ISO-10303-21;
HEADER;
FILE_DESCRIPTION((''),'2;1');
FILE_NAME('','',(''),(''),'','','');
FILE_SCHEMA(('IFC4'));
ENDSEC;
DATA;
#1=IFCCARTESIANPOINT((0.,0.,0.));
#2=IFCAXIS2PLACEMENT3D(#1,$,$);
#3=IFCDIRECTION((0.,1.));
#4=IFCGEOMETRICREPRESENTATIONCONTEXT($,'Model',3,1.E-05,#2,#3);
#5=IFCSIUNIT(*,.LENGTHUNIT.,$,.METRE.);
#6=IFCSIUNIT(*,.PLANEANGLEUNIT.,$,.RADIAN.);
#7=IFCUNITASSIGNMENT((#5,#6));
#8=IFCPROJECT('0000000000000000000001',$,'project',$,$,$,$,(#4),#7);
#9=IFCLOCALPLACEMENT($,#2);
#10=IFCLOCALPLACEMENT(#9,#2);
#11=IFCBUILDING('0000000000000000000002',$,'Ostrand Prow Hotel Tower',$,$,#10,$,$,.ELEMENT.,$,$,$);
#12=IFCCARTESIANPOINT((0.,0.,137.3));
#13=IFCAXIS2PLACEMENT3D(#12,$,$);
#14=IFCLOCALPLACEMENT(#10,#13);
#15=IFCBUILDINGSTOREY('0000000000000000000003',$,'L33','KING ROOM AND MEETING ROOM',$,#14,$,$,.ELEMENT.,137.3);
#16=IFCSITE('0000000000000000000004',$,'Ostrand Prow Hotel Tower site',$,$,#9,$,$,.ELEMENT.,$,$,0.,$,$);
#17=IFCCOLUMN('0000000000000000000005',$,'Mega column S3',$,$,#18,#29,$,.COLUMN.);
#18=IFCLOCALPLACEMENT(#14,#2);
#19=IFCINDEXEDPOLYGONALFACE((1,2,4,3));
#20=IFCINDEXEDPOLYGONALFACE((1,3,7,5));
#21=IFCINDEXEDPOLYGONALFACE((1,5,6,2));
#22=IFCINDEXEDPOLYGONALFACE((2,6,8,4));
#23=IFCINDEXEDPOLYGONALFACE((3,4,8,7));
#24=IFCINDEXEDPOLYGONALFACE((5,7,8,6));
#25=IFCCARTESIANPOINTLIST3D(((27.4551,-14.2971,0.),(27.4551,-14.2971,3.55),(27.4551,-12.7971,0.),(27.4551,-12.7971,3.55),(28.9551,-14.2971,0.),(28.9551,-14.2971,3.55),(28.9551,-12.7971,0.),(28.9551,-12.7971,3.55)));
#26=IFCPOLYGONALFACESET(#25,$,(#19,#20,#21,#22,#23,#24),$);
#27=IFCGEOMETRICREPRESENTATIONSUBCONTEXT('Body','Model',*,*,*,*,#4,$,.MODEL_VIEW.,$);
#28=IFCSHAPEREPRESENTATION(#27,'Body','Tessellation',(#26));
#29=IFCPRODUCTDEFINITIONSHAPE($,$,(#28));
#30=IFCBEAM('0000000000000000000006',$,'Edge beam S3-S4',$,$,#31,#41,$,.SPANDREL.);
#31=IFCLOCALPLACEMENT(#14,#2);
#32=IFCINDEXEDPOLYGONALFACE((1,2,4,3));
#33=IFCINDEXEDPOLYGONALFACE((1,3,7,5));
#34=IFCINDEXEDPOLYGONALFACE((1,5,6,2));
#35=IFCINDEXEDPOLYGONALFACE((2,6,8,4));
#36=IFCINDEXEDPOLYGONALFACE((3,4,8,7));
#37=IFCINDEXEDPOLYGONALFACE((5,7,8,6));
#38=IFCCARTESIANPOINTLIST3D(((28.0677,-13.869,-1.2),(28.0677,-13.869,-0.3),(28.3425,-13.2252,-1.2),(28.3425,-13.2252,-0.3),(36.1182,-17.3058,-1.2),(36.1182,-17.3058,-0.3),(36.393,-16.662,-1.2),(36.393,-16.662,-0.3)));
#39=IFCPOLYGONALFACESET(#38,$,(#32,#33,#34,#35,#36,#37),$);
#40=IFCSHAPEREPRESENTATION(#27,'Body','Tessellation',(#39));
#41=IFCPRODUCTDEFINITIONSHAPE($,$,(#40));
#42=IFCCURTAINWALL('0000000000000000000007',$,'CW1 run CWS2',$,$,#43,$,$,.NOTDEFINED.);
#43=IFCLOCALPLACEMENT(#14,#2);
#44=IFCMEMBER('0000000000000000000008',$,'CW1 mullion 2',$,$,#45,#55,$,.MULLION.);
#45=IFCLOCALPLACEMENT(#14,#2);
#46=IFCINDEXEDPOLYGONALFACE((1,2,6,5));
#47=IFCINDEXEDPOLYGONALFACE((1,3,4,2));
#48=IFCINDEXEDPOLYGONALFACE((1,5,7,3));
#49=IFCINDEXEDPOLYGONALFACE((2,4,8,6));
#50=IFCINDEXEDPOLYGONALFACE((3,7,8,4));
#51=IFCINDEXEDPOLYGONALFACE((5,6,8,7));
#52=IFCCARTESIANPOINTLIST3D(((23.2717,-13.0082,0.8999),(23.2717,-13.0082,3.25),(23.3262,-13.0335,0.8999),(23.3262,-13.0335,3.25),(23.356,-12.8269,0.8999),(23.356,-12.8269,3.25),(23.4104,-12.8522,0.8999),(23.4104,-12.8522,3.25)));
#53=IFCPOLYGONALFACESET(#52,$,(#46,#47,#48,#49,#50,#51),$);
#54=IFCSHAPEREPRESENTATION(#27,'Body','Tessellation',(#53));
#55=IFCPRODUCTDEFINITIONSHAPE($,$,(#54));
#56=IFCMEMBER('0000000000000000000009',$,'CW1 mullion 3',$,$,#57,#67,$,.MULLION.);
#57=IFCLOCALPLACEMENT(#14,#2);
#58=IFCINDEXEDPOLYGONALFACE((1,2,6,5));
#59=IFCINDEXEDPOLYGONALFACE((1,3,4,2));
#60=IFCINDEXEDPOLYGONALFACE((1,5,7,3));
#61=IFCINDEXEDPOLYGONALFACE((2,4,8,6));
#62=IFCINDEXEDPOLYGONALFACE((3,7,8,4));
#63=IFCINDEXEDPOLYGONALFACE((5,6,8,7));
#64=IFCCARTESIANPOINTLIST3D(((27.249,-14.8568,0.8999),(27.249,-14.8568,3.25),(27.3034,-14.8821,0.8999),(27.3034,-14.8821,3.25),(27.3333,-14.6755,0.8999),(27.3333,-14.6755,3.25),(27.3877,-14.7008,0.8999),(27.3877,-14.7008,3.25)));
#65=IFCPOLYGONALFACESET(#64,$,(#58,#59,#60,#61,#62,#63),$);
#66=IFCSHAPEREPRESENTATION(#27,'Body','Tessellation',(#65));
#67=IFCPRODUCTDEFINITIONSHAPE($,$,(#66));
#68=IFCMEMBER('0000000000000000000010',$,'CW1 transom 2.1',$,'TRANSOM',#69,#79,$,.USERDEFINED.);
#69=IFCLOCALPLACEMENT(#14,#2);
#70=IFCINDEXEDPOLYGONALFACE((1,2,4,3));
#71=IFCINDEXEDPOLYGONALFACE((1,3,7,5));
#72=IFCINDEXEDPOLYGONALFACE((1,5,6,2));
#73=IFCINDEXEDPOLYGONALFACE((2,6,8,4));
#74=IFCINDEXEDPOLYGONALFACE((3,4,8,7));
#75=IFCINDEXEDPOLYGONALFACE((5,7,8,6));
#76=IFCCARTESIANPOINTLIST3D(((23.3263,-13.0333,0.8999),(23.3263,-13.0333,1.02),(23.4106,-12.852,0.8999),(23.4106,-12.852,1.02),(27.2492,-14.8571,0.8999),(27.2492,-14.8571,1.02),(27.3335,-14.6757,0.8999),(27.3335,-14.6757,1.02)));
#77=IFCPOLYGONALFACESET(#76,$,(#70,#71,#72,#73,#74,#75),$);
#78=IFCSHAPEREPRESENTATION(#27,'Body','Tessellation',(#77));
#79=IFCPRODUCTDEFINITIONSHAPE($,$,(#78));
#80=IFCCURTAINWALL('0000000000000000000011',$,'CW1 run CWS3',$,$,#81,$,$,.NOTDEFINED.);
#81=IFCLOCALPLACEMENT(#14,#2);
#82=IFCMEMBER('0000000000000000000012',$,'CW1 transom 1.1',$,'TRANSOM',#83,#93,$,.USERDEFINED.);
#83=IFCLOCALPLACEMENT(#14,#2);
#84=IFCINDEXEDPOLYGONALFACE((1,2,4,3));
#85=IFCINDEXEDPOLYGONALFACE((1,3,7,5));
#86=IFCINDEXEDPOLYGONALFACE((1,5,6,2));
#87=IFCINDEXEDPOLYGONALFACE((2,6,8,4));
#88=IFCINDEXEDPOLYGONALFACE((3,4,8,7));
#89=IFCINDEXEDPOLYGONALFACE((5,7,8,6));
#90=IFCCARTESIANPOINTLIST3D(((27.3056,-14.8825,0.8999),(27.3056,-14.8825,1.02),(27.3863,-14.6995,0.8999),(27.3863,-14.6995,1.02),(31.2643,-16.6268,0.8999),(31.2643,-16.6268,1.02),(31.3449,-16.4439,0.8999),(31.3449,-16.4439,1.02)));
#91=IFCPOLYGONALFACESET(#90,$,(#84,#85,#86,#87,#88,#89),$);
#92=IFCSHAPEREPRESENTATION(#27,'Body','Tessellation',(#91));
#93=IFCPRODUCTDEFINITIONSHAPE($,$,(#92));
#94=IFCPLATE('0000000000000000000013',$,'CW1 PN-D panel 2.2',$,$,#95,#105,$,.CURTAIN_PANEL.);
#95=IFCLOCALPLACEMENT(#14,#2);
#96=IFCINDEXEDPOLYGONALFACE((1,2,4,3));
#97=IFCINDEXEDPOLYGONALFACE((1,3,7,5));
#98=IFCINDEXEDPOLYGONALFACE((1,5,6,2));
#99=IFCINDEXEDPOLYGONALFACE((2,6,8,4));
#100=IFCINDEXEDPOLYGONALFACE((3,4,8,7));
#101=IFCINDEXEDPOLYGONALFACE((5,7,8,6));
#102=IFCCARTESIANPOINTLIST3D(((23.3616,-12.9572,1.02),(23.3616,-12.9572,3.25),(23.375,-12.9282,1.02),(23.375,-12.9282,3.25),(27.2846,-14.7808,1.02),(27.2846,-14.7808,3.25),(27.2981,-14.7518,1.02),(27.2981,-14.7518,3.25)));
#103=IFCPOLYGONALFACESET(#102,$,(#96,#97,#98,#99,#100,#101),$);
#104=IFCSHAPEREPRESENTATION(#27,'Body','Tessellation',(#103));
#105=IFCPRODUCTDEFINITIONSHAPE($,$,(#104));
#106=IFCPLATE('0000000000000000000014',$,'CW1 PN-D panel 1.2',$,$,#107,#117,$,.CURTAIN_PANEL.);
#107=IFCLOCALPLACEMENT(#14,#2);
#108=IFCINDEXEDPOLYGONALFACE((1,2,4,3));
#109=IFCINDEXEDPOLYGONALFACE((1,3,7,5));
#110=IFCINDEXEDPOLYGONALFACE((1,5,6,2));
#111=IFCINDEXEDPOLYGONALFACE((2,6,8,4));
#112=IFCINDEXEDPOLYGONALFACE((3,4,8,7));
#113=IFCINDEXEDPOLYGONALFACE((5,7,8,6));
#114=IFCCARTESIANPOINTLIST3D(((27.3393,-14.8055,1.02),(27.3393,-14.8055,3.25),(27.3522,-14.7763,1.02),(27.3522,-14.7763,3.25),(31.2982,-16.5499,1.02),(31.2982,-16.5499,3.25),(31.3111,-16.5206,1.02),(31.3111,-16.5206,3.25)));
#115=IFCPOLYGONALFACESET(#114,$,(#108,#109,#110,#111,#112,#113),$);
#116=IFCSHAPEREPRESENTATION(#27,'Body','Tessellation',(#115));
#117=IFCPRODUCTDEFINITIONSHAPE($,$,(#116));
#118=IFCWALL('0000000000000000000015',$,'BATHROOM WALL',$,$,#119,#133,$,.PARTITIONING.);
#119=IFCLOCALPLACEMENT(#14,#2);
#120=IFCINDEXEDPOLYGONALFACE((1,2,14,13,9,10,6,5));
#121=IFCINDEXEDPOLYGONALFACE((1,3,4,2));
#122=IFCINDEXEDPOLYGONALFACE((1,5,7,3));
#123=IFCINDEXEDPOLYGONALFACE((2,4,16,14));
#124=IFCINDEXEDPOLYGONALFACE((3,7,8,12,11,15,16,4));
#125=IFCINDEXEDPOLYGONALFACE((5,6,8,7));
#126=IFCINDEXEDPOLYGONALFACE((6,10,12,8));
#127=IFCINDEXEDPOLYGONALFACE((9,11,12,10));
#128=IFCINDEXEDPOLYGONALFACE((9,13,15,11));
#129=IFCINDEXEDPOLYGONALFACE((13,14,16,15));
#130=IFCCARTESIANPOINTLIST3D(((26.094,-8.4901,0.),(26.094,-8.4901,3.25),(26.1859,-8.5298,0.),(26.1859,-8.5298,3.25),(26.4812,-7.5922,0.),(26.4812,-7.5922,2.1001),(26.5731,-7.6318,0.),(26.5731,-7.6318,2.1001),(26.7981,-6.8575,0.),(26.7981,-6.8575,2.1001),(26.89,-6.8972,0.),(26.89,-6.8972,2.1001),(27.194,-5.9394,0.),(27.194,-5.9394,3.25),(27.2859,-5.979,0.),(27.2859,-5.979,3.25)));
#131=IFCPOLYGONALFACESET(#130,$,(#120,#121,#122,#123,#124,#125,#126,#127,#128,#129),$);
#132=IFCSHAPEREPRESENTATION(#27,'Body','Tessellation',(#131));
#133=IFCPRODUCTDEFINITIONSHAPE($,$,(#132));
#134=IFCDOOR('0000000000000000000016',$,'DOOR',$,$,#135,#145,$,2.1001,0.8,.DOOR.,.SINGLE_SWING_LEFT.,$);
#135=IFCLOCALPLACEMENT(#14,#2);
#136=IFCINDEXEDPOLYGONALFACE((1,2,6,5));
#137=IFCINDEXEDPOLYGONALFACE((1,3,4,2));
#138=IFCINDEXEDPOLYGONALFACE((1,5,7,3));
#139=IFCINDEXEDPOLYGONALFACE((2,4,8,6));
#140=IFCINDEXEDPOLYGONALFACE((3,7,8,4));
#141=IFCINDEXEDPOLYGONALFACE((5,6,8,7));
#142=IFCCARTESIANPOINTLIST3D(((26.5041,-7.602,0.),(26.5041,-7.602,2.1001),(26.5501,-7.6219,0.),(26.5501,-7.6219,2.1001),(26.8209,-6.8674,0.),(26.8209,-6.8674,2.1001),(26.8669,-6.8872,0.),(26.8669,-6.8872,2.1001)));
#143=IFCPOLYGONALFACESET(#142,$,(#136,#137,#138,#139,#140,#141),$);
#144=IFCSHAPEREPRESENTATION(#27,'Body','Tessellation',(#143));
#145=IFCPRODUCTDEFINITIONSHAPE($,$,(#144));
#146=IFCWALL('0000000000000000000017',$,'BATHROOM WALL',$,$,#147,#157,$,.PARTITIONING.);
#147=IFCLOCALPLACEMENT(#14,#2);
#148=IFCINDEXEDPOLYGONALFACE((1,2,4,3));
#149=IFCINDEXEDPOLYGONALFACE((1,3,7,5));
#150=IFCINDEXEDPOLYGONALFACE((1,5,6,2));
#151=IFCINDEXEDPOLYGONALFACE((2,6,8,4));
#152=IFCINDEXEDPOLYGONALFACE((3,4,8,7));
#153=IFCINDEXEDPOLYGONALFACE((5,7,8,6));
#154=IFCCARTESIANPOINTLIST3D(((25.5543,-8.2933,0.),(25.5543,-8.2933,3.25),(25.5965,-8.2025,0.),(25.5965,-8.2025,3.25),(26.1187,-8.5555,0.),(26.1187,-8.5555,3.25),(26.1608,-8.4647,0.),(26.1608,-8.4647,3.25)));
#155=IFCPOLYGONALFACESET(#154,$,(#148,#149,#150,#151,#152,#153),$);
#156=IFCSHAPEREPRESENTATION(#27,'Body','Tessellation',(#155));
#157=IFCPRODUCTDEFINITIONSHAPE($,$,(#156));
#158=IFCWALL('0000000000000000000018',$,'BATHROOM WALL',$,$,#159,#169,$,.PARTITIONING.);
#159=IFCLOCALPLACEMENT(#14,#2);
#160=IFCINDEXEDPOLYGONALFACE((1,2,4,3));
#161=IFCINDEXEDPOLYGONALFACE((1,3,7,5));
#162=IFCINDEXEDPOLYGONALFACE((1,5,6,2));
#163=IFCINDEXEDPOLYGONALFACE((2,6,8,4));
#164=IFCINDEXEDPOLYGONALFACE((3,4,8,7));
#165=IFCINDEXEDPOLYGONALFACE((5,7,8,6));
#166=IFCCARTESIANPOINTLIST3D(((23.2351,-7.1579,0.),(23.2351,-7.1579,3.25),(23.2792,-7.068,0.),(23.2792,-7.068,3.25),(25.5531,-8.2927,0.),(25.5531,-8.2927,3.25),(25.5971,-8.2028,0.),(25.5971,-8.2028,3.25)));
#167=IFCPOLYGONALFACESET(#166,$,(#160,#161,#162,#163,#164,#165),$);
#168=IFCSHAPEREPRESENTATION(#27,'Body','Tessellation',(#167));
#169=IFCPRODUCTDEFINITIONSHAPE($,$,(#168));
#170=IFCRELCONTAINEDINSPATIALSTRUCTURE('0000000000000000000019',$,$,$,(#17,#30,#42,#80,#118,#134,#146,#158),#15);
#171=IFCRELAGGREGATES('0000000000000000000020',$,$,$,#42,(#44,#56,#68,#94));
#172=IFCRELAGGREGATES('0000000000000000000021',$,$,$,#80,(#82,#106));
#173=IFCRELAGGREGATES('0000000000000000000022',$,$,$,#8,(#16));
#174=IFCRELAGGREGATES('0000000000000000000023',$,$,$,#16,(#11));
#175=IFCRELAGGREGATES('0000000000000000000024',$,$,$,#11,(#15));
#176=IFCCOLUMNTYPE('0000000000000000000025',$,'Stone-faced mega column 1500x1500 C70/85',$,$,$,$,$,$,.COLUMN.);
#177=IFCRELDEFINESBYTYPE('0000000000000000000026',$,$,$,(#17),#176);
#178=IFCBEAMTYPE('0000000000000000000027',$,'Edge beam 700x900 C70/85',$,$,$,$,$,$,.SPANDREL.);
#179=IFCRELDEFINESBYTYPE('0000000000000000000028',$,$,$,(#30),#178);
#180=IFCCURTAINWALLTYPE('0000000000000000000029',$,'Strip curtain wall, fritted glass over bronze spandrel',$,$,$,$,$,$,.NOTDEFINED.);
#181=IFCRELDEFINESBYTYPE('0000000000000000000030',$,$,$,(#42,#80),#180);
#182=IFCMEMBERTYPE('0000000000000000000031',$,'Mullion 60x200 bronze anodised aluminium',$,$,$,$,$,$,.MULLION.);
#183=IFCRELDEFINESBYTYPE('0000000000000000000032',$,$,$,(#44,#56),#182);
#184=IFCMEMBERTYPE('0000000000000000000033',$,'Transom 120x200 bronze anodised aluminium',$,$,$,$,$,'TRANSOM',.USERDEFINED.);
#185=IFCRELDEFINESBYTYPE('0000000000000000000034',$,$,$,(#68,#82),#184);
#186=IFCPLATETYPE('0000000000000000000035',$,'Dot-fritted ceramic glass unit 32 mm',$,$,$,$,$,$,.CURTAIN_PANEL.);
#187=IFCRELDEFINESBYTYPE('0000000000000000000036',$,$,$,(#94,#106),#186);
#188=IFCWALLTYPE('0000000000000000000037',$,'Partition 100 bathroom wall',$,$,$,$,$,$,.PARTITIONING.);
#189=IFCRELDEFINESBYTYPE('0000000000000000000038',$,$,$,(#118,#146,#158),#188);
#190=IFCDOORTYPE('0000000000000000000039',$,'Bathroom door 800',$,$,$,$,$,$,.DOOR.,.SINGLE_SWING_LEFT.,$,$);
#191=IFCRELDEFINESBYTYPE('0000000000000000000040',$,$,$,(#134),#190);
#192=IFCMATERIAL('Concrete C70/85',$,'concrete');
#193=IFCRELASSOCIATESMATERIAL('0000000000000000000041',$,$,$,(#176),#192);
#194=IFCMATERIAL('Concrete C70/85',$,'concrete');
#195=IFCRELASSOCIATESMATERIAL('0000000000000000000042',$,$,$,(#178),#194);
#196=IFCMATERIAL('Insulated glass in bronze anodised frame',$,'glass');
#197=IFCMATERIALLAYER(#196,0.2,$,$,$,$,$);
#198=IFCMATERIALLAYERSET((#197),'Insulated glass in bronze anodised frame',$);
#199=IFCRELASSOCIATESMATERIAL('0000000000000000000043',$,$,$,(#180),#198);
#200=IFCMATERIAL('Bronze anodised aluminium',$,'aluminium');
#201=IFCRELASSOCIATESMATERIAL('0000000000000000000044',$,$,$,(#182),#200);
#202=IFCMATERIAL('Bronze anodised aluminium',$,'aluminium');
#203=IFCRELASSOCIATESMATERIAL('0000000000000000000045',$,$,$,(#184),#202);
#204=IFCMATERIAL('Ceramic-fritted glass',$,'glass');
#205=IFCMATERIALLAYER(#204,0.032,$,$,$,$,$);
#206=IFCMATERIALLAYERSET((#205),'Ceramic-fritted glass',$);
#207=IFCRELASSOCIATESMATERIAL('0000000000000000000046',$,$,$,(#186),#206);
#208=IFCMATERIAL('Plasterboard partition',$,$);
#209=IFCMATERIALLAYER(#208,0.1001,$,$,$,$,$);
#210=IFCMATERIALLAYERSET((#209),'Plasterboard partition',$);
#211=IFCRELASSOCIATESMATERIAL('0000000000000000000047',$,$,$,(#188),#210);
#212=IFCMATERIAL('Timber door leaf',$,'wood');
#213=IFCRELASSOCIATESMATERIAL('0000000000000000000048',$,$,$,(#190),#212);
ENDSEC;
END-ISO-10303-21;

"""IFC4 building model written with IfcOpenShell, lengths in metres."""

from ifc_helpers import new_model, si_unit, direction, frame, frame_2d, origin, origin_2d, place, context, subcontext, project, spatial, rectangle, extrude, material, layer, layer_set, material_profile, profile_set, type_object, element, fill, aggregate, save


model = new_model("IFC4")

# Units and contexts
model_context = context("Model", 3, precision=1e-05, world=origin(), true_north=direction((0.0, 1.0)))
body_context = subcontext(model_context, "Body", "Model", "MODEL_VIEW")
ifc_project = project(units=[si_unit("LENGTHUNIT", "METRE"), si_unit("PLANEANGLEUNIT", "RADIAN")], contexts=[model_context])

# Site, building, storey
site_placement = place(None, origin())
site = spatial("IfcSite", under=ifc_project, at=site_placement, Name="Ostrand Prow Hotel Tower site", CompositionType="ELEMENT", RefElevation=0.0)
building_placement = place(site_placement, origin())
building = spatial("IfcBuilding", under=site, at=building_placement, Name="Ostrand Prow Hotel Tower", CompositionType="ELEMENT")
storey_placement = place(building_placement, frame((0.0, 0.0, 137.3)))
storey = spatial("IfcBuildingStorey", under=building, at=storey_placement, Name="L33", Description="KING ROOM AND MEETING ROOM", CompositionType="ELEMENT", Elevation=137.3)

# Column
ifc_material_1 = material(Name="Concrete C70/85", Category="concrete")
ifc_material_profile_1 = material_profile(ifc_material_1, rectangle(XDim=1.5, YDim=1.5, at=origin_2d()), Name="RC 1500x1500")
ifc_profile_set_1 = profile_set([ifc_material_profile_1], Name="Concrete C70/85")
column_type = type_object("IfcColumnType", Name="Stone-faced mega column 1500x1500 C70/85", PredefinedType="COLUMN", material=ifc_profile_set_1)
column_placement = place(storey_placement, frame((28.2051, -13.5471, 0.0), z_axis=(0.0, 0.0, 1.0), x_axis=(1.0, 0.0, 0.0)))
element("IfcColumn", 1, at=column_placement, inside=storey, type_object=column_type, Name="Mega column S3", PredefinedType="COLUMN", context=body_context, shape_type="SweptSolid", body=[
    extrude(rectangle(XDim=1.5, YDim=1.5, at=origin_2d()), origin(), (0.0, 0.0, 1.0), 3.55),
])

# Beam
ifc_material_2 = material(Name="Concrete C70/85", Category="concrete")
ifc_material_profile_2 = material_profile(ifc_material_2, rectangle(XDim=0.7, YDim=0.8999, at=origin_2d()), Name="RC 700x900")
ifc_profile_set_2 = profile_set([ifc_material_profile_2], Name="Concrete C70/85")
beam_type = type_object("IfcBeamType", Name="Edge beam 700x900 C70/85", PredefinedType="SPANDREL", material=ifc_profile_set_2)
beam_placement = place(storey_placement, frame((28.2051, -13.5471, -0.75), z_axis=(0.919701, -0.39262, 0.0), x_axis=(0.39262, 0.919701, 0.0)))
element("IfcBeam", 2, at=beam_placement, inside=storey, type_object=beam_type, Name="Edge beam S3-S4", PredefinedType="SPANDREL", context=body_context, shape_type="SweptSolid", body=[
    extrude(rectangle(XDim=0.7, YDim=0.8999, at=origin_2d()), origin(), (0.0, 0.0, 1.0), 8.7534),
])

# Curtain wall, members
ifc_material_3 = material(Name="Insulated glass in bronze anodised frame", Category="glass")
ifc_layer_1 = layer(ifc_material_3, 0.2)
ifc_layer_set_1 = layer_set([ifc_layer_1], Name="Insulated glass in bronze anodised frame")
curtain_wall_type = type_object("IfcCurtainWallType", Name="Strip curtain wall, fritted glass over bronze spandrel", PredefinedType="NOTDEFINED", material=ifc_layer_set_1)
curtain_wall_1_placement = place(storey_placement, origin())
curtain_wall_1 = element("IfcCurtainWall", 3, at=curtain_wall_1_placement, inside=storey, type_object=curtain_wall_type, Name="CW1 run CWS2", PredefinedType="NOTDEFINED")
ifc_material_4 = material(Name="Bronze anodised aluminium", Category="aluminium")
ifc_material_profile_3 = material_profile(ifc_material_4, rectangle(XDim=0.2, YDim=0.0601, at=origin_2d()), Name="Mullion 60x200 bronze anodised aluminium")
ifc_profile_set_3 = profile_set([ifc_material_profile_3], Name="Bronze anodised aluminium")
member_type_1 = type_object("IfcMemberType", Name="Mullion 60x200 bronze anodised aluminium", PredefinedType="MULLION", material=ifc_profile_set_3)
member_1_placement = place(storey_placement, frame((23.3411, -12.9302, 0.8999), z_axis=(0.0, 0.0, 1.0), x_axis=(0.421522, 0.906818, 0.0)))
member_1 = element("IfcMember", 4, at=member_1_placement, type_object=member_type_1, Name="CW1 mullion 2", PredefinedType="MULLION", context=body_context, shape_type="SweptSolid", body=[
    extrude(rectangle(XDim=0.2, YDim=0.0601, at=origin_2d()), origin(), (0.0, 0.0, 1.0), 2.3501),
])
member_2_placement = place(storey_placement, frame((27.3184, -14.7788, 0.8999), z_axis=(0.0, 0.0, 1.0), x_axis=(0.421522, 0.906818, 0.0)))
member_2 = element("IfcMember", 5, at=member_2_placement, type_object=member_type_1, Name="CW1 mullion 3", PredefinedType="MULLION", context=body_context, shape_type="SweptSolid", body=[
    extrude(rectangle(XDim=0.2, YDim=0.0601, at=origin_2d()), origin(), (0.0, 0.0, 1.0), 2.3501),
])
ifc_material_5 = material(Name="Bronze anodised aluminium", Category="aluminium")
ifc_material_profile_4 = material_profile(ifc_material_5, rectangle(XDim=0.2, YDim=0.1201, at=origin_2d()), Name="Transom 120x200 bronze anodised aluminium")
ifc_profile_set_4 = profile_set([ifc_material_profile_4], Name="Bronze anodised aluminium")
member_type_2 = type_object("IfcMemberType", Name="Transom 120x200 bronze anodised aluminium", ElementType="TRANSOM", PredefinedType="USERDEFINED", material=ifc_profile_set_4)
member_3_placement = place(storey_placement, frame((23.3684, -12.9426, 0.96), z_axis=(0.906796, -0.421569, 0.0), x_axis=(0.421569, 0.906796, 0.0)))
member_3 = element("IfcMember", 6, at=member_3_placement, type_object=member_type_2, Name="CW1 transom 2.1", ObjectType="TRANSOM", PredefinedType="USERDEFINED", context=body_context, shape_type="SweptSolid", body=[
    extrude(rectangle(XDim=0.2, YDim=0.1201, at=origin_2d()), origin(), (0.0, 0.0, 1.0), 4.3262),
])

# Curtain wall, member
curtain_wall_2_placement = place(storey_placement, origin())
curtain_wall_2 = element("IfcCurtainWall", 7, at=curtain_wall_2_placement, inside=storey, type_object=curtain_wall_type, Name="CW1 run CWS3", PredefinedType="NOTDEFINED")
member_4_placement = place(storey_placement, frame((27.3459, -14.791, 0.96), z_axis=(0.915099, -0.40323, 0.0), x_axis=(0.40323, 0.915099, 0.0)))
member_4 = element("IfcMember", 8, at=member_4_placement, type_object=member_type_2, Name="CW1 transom 1.1", ObjectType="TRANSOM", PredefinedType="USERDEFINED", context=body_context, shape_type="SweptSolid", body=[
    extrude(rectangle(XDim=0.2, YDim=0.1201, at=origin_2d()), origin(), (0.0, 0.0, 1.0), 4.3259),
])

# Plates
ifc_material_6 = material(Name="Ceramic-fritted glass", Category="glass")
ifc_layer_2 = layer(ifc_material_6, 0.032)
ifc_layer_set_2 = layer_set([ifc_layer_2], Name="Ceramic-fritted glass")
plate_type = type_object("IfcPlateType", Name="Dot-fritted ceramic glass unit 32 mm", PredefinedType="CURTAIN_PANEL", material=ifc_layer_set_2)
plate_1_placement = place(storey_placement, frame((25.3298, -13.8545, 1.02), z_axis=(0.0, 0.0, 1.0), x_axis=(0.906818, -0.421522, 0.0)))
plate_1 = element("IfcPlate", 9, at=plate_1_placement, type_object=plate_type, Name="CW1 PN-D panel 2.2", PredefinedType="CURTAIN_PANEL", context=body_context, shape_type="SweptSolid", body=[
    extrude(rectangle(XDim=4.3262, YDim=0.032, at=origin_2d()), origin(), (0.0, 0.0, 1.0), 2.23),
])
aggregate(curtain_wall_1, [member_1, member_2, member_3, plate_1])
plate_2_placement = place(storey_placement, frame((29.3252, -15.6631, 1.02), z_axis=(0.0, 0.0, 1.0), x_axis=(0.915106, -0.403213, 0.0)))
plate_2 = element("IfcPlate", 10, at=plate_2_placement, type_object=plate_type, Name="CW1 PN-D panel 1.2", PredefinedType="CURTAIN_PANEL", context=body_context, shape_type="SweptSolid", body=[
    extrude(rectangle(XDim=4.3262, YDim=0.032, at=origin_2d()), origin(), (0.0, 0.0, 1.0), 2.23),
])
aggregate(curtain_wall_2, [member_4, plate_2])

# Wall, opening, door
ifc_material_7 = material(Name="Plasterboard partition")
ifc_layer_3 = layer(ifc_material_7, 0.1001)
ifc_layer_set_3 = layer_set([ifc_layer_3], Name="Plasterboard partition")
wall_type_1 = type_object("IfcWallType", Name="Partition 100 bathroom wall", PredefinedType="PARTITIONING", material=ifc_layer_set_3)
wall_1_placement = place(storey_placement, frame((27.24, -5.9592, 0.0), z_axis=(0.0, 0.0, 1.0), x_axis=(-0.396018, -0.918243, 0.0)))
wall_1 = element("IfcWall", 11, at=wall_1_placement, inside=storey, type_object=wall_type_1, Name="BATHROOM WALL", PredefinedType="PARTITIONING", context=body_context, shape_type="SweptSolid", body=[
    extrude(rectangle(XDim=2.7778, YDim=0.1001, at=frame_2d((1.3889, 0.0))), origin(), (0.0, 0.0, 1.0), 3.25),
])
opening_1_placement = place(wall_1_placement, frame((1.0, 0.0, 0.0)))
opening_1 = element("IfcOpeningElement", 12, at=opening_1_placement, cuts=wall_1, PredefinedType="OPENING", context=body_context, shape_type="SweptSolid", body=[
    extrude(rectangle(XDim=0.8, YDim=2.1001, at=frame_2d((0.3999, 1.05))), frame((0.0, 0.0601, 0.0), z_axis=(0.0, -1.0, 0.0), x_axis=(1.0, 0.0, 0.0)), (0.0, 0.0, 1.0), 0.1201),
])
ifc_material_8 = material(Name="Timber door leaf", Category="wood")
door_type_1 = type_object("IfcDoorType", Name="Bathroom door 800", OperationType="SINGLE_SWING_LEFT", PredefinedType="DOOR", material=ifc_material_8)
door_1_placement = place(opening_1_placement, origin())
door_1 = element("IfcDoor", 13, at=door_1_placement, inside=storey, type_object=door_type_1, Name="DOOR", OperationType="SINGLE_SWING_LEFT", OverallHeight=2.1001, OverallWidth=0.8, PredefinedType="DOOR", context=body_context, shape_type="SweptSolid", body=[
    extrude(rectangle(XDim=0.8, YDim=2.1001, at=frame_2d((0.3999, 1.05))), frame((0.0, 0.0249, 0.0), z_axis=(0.0, -1.0, 0.0), x_axis=(1.0, 0.0, 0.0)), (0.0, 0.0, 1.0), 0.05),
])
fill(opening_1, door_1)

# Walls
wall_2_placement = place(storey_placement, frame((26.1396, -8.51, 0.0), z_axis=(0.0, 0.0, 1.0), x_axis=(-0.906923, 0.421296, 0.0)))
element("IfcWall", 14, at=wall_2_placement, inside=storey, type_object=wall_type_1, Name="BATHROOM WALL", PredefinedType="PARTITIONING", context=body_context, shape_type="SweptSolid", body=[
    extrude(rectangle(XDim=0.6223, YDim=0.1001, at=frame_2d((0.311, 0.0))), origin(), (0.0, 0.0, 1.0), 3.25),
])
wall_3_placement = place(storey_placement, frame((25.5752, -8.2478, 0.0), z_axis=(0.0, 0.0, 1.0), x_axis=(-0.898142, 0.439706, 0.0)))
element("IfcWall", 15, at=wall_3_placement, inside=storey, type_object=wall_type_1, Name="BATHROOM WALL", PredefinedType="PARTITIONING", context=body_context, shape_type="SweptSolid", body=[
    extrude(rectangle(XDim=2.5808, YDim=0.1001, at=frame_2d((1.2905, 0.0))), origin(), (0.0, 0.0, 1.0), 3.25),
])

save(model, "model.ifc")
